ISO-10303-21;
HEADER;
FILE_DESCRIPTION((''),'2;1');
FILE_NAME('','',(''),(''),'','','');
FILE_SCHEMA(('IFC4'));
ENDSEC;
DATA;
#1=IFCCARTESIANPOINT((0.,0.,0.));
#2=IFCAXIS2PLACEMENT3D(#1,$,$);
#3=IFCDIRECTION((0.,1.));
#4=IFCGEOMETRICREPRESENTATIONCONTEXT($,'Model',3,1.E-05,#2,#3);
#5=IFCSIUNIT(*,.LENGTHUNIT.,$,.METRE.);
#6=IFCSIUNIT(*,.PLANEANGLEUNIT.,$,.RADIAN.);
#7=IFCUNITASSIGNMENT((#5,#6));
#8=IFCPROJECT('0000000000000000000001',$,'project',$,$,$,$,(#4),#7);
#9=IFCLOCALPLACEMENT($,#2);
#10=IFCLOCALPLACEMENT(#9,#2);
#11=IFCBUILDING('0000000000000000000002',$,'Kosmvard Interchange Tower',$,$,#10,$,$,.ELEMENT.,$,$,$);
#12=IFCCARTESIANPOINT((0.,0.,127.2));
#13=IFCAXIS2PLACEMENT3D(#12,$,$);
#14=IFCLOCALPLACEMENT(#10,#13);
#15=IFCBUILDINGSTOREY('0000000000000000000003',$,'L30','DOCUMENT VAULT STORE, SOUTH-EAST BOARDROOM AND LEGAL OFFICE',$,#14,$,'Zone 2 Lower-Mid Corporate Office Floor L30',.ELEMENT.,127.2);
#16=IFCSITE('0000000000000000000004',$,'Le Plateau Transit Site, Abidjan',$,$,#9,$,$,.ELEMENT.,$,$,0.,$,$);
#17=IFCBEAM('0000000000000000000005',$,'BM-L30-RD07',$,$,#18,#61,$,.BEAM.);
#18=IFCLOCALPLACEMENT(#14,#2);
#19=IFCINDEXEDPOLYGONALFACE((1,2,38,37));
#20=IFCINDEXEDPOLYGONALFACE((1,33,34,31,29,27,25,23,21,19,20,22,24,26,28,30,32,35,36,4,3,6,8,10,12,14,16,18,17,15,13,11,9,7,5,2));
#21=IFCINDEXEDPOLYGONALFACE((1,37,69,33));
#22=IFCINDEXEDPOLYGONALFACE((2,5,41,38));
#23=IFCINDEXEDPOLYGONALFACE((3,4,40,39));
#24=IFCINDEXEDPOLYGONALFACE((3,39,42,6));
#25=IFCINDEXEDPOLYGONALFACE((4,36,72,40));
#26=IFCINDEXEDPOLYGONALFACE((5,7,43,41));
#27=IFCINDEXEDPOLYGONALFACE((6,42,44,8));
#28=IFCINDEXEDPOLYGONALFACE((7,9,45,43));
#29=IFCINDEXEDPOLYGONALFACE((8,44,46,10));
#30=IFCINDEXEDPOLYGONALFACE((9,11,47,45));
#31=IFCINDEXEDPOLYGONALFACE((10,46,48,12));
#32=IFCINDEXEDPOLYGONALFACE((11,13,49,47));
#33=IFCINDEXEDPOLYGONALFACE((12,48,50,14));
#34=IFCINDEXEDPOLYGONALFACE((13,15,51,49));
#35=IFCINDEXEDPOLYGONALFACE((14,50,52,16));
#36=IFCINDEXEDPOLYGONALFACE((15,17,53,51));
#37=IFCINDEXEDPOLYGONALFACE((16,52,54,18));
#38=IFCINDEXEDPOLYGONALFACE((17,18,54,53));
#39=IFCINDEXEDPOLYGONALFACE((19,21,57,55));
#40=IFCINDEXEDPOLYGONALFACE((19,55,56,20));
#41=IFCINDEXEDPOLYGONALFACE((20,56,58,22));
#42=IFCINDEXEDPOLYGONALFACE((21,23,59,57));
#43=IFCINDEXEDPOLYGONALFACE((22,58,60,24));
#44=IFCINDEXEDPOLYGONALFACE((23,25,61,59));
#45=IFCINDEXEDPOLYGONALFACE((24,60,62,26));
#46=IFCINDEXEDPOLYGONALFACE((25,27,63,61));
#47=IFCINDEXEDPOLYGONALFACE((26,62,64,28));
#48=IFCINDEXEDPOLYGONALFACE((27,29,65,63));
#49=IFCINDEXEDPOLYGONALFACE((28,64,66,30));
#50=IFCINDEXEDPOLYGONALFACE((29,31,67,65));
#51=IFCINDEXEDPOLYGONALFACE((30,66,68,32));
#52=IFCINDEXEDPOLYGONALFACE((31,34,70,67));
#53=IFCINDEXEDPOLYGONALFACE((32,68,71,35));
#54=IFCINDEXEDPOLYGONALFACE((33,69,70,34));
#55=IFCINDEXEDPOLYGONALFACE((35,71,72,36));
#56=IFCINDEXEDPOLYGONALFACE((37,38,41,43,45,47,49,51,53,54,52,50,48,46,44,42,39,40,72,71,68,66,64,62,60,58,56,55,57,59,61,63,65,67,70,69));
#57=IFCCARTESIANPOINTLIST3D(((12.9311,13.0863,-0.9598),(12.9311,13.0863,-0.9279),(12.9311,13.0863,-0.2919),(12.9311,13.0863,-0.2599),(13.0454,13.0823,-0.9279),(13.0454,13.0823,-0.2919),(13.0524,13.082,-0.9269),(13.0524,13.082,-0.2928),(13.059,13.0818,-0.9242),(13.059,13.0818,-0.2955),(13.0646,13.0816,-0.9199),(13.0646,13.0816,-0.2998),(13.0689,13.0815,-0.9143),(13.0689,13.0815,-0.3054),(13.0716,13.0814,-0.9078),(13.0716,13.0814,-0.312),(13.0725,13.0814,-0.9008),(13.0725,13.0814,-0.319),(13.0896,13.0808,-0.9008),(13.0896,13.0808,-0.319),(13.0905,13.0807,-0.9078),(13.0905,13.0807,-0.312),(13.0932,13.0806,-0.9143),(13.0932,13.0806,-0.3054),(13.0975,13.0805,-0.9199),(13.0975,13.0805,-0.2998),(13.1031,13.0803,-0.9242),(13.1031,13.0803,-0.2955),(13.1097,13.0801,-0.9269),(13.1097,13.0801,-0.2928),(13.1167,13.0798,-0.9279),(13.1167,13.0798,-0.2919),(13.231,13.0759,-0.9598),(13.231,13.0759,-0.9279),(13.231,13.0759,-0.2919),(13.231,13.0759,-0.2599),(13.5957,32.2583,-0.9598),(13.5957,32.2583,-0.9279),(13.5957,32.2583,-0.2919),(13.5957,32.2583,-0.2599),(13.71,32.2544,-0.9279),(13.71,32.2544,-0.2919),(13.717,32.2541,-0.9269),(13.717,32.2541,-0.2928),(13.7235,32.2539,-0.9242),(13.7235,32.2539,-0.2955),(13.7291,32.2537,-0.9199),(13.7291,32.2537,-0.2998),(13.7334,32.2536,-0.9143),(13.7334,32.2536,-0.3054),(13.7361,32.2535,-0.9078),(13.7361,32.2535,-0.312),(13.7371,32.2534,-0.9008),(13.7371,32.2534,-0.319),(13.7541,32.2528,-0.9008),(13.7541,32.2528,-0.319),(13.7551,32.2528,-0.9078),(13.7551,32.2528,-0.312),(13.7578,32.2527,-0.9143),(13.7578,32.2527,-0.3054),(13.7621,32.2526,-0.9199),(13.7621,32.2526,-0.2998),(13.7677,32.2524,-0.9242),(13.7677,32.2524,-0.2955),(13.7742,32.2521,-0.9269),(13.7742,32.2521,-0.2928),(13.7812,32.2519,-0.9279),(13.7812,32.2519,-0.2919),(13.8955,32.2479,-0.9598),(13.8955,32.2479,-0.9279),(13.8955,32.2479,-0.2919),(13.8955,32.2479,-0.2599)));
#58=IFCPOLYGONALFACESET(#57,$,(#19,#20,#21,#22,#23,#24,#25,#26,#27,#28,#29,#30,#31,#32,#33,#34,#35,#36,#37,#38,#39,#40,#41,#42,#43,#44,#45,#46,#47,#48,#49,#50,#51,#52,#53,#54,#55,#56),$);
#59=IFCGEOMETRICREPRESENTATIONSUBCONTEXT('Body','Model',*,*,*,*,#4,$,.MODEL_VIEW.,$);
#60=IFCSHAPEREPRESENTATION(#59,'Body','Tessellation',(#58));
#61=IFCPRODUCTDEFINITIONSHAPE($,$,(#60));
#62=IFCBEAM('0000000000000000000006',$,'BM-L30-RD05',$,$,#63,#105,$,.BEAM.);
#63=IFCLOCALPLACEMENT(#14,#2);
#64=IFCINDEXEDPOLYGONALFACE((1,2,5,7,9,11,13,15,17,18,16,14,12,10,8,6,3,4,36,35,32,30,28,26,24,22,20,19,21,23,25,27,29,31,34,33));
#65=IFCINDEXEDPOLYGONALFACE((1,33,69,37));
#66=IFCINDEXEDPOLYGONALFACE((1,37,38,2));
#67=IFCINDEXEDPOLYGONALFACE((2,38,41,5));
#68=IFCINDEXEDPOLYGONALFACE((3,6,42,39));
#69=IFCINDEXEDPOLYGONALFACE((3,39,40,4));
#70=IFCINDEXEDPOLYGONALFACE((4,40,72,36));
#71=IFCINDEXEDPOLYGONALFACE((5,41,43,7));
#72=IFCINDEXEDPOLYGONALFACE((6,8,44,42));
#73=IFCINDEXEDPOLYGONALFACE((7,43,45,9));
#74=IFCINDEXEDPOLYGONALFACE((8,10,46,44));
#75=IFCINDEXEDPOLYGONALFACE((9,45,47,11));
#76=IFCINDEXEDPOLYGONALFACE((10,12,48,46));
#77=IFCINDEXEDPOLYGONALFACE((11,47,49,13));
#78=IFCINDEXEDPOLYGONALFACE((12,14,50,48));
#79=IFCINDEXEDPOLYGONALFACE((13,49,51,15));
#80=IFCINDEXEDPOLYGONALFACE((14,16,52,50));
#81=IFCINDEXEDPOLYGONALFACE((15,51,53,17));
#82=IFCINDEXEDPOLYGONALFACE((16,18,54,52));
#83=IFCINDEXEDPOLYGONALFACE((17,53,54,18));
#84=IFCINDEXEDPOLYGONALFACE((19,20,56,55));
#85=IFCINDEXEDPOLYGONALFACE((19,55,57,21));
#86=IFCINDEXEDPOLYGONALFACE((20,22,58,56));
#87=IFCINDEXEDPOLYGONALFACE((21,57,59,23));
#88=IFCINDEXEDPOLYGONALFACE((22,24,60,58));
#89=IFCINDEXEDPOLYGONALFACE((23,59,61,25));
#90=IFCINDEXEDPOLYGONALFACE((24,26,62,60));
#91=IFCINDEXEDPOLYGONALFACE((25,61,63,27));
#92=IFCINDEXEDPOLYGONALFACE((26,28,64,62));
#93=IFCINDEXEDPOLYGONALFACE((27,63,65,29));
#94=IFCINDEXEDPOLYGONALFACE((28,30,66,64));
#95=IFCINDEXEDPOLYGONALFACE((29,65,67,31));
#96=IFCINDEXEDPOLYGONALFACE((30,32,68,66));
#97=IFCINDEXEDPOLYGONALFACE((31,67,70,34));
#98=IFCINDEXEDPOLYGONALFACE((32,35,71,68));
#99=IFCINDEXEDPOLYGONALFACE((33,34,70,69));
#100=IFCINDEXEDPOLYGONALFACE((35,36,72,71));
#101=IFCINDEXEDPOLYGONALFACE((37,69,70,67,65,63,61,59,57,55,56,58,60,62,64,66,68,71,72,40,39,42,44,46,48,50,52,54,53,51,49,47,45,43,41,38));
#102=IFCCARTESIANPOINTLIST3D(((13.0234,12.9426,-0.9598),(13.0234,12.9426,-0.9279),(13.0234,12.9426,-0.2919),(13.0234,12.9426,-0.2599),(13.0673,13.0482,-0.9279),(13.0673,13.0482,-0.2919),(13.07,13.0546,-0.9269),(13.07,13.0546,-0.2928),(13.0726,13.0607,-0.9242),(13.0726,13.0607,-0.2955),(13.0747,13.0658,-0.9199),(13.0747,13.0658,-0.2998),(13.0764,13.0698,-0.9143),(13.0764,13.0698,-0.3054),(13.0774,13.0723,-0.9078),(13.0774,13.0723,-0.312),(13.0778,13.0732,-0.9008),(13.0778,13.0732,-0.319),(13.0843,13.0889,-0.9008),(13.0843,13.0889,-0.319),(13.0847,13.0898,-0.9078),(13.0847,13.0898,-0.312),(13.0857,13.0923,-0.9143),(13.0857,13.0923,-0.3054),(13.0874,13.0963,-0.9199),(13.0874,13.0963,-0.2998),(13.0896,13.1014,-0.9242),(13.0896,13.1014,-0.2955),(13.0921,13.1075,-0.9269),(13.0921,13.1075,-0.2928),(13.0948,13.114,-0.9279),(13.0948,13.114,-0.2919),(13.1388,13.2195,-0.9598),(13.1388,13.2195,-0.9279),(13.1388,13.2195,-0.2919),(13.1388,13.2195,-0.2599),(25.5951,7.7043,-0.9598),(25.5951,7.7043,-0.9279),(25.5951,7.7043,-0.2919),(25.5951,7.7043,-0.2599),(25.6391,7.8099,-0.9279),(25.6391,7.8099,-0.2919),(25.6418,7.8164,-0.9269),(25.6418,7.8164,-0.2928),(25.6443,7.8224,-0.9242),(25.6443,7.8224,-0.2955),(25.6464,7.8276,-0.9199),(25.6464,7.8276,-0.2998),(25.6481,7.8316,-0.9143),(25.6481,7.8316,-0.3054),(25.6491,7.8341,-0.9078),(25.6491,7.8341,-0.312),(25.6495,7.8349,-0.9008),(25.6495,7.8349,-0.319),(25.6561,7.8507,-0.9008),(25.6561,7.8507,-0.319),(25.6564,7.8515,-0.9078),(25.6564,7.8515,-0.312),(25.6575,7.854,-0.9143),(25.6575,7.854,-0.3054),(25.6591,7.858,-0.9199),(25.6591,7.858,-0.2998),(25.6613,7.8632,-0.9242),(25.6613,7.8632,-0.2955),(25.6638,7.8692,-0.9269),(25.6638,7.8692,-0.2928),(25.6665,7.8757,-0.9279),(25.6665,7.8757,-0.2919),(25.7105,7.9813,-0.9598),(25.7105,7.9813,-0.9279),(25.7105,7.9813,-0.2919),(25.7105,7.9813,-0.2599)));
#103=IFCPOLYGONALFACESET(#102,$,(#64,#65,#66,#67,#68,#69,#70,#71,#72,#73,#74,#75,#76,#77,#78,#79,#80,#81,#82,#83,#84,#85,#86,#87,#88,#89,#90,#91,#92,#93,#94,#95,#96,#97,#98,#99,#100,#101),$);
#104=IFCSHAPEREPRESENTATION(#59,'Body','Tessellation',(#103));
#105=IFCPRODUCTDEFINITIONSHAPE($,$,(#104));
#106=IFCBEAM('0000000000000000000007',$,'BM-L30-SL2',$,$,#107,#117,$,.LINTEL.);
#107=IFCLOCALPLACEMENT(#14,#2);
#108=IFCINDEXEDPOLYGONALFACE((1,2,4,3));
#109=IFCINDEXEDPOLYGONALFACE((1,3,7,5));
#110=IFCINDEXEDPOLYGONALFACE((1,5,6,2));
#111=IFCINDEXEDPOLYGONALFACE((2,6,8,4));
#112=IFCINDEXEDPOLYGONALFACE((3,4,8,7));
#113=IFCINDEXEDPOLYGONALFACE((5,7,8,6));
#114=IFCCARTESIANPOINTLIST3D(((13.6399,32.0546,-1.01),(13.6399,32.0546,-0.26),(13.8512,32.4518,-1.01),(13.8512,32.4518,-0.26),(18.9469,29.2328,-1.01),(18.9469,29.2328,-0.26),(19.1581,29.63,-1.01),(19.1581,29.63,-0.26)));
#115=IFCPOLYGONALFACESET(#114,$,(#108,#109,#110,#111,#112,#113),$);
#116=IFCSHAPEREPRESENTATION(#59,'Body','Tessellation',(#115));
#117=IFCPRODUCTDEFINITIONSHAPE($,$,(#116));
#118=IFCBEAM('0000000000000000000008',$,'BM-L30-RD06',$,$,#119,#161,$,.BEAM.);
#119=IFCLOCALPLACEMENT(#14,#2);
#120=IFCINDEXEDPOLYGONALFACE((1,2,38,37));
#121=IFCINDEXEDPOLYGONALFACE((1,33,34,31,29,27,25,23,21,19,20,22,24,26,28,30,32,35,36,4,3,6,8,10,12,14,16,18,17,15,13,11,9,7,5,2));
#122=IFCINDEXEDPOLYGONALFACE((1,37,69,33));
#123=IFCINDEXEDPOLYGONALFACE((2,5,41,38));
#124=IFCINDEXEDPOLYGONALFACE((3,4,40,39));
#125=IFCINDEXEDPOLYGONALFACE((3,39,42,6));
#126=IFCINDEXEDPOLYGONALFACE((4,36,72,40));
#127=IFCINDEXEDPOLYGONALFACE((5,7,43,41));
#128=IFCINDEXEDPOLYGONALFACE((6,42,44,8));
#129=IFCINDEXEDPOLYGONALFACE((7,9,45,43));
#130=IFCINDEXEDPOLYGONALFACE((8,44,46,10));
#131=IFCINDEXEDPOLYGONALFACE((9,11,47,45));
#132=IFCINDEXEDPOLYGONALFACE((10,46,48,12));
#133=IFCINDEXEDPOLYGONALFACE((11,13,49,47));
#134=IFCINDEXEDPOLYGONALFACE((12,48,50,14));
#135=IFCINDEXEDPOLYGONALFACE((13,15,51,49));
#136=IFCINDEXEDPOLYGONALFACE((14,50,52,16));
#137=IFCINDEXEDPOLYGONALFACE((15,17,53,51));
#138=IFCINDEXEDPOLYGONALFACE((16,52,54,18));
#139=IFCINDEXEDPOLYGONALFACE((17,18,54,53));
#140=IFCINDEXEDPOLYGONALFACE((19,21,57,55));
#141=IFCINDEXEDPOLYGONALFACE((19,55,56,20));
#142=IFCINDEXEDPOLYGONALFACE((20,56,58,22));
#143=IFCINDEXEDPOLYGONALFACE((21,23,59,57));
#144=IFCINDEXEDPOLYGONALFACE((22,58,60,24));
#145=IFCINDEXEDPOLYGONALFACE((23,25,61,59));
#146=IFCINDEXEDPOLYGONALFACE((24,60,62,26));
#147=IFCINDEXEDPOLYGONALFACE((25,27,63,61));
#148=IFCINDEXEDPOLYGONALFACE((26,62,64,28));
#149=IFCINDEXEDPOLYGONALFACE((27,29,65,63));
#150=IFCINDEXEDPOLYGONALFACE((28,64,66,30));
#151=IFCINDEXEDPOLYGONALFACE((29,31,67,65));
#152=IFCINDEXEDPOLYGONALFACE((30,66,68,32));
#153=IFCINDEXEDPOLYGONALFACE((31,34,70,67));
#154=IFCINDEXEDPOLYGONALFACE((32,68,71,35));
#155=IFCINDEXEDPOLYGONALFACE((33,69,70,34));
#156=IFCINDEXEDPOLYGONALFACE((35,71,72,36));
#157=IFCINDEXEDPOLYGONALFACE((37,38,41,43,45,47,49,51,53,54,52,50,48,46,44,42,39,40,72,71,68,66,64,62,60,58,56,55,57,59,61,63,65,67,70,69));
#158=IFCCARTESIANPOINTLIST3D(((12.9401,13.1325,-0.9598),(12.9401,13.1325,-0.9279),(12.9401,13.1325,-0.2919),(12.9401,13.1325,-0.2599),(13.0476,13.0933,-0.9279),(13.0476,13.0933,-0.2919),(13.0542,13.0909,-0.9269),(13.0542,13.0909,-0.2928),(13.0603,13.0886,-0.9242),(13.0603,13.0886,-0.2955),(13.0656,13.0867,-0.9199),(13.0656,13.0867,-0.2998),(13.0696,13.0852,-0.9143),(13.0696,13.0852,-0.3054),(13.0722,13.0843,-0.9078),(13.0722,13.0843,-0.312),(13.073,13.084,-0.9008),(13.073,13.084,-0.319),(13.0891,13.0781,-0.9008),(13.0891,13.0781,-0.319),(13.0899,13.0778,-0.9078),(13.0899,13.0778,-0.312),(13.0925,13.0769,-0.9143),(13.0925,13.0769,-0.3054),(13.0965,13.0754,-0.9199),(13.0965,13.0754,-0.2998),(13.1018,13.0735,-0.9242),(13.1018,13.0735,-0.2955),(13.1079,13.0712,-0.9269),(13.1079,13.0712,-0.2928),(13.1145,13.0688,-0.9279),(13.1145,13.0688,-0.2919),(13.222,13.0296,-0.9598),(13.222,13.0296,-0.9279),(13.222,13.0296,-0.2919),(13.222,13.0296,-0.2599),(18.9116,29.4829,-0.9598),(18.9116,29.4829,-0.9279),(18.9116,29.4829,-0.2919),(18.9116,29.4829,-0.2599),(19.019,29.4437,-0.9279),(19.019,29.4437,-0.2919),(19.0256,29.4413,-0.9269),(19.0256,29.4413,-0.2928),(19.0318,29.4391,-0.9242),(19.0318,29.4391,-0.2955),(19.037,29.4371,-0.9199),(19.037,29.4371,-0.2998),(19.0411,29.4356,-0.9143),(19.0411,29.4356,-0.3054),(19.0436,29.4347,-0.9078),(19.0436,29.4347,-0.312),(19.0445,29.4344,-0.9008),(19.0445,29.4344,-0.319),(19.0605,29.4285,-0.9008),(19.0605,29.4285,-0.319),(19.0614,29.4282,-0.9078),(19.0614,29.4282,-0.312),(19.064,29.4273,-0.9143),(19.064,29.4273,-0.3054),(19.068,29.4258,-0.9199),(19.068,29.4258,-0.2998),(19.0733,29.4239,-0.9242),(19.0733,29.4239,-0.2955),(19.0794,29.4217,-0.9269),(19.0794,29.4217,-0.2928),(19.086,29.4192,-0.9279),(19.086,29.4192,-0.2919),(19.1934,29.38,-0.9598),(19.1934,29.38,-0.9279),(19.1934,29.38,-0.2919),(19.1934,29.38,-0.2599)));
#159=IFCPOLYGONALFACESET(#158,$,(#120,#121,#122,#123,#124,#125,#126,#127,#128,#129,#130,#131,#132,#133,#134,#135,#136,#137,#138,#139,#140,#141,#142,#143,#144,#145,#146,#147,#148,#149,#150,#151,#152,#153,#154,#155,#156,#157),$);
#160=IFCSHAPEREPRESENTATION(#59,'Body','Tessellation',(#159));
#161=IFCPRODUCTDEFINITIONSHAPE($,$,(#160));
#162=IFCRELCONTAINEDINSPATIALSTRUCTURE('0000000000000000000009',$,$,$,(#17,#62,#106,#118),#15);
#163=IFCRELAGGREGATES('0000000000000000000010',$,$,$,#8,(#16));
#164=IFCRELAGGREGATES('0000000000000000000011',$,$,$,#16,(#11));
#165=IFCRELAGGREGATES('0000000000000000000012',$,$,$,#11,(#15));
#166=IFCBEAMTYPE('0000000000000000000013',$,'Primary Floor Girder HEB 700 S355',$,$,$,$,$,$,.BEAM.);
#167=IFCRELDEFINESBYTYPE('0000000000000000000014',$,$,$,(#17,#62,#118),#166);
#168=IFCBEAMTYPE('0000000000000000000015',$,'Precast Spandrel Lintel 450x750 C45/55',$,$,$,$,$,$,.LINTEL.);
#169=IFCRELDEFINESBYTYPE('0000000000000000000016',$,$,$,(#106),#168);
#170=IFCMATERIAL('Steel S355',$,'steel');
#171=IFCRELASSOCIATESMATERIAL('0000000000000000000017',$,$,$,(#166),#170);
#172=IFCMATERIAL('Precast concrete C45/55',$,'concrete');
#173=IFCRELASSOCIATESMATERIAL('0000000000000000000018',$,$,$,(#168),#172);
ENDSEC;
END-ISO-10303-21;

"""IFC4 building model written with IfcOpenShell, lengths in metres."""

from ifc_helpers import new_model, si_unit, direction, frame, origin, origin_2d, place, context, subcontext, project, spatial, rectangle, i_section, extrude, source, transform, mapped, material, material_profile, profile_set, type_object, element, save


model = new_model("IFC4")

# Units and contexts
model_context = context("Model", 3, precision=1e-05, world=origin(), true_north=direction((0.0, 1.0)))
body_context = subcontext(model_context, "Body", "Model", "MODEL_VIEW")
ifc_project = project(units=[si_unit("LENGTHUNIT", "METRE"), si_unit("PLANEANGLEUNIT", "RADIAN")], contexts=[model_context])

# Site, building, storey
site_placement = place(None, origin())
site = spatial("IfcSite", under=ifc_project, at=site_placement, Name="Le Plateau Transit Site, Abidjan", CompositionType="ELEMENT", RefElevation=0.0)
building_placement = place(site_placement, origin())
building = spatial("IfcBuilding", under=site, at=building_placement, Name="Kosmvard Interchange Tower", CompositionType="ELEMENT")
storey_placement = place(building_placement, frame((0.0, 0.0, 127.2)))
storey = spatial("IfcBuildingStorey", under=building, at=storey_placement, Name="L30", Description="DOCUMENT VAULT STORE, SOUTH-EAST BOARDROOM AND LEGAL OFFICE", LongName="Zone 2 Lower-Mid Corporate Office Floor L30", CompositionType="ELEMENT", Elevation=127.2)

# Beams
ifc_material_1 = material(Name="Steel S355", Category="steel")
ifc_material_profile_1 = material_profile(ifc_material_1, i_section(OverallWidth=0.3, OverallDepth=0.7, WebThickness=0.0171, FlangeThickness=0.032, FilletRadius=0.0271, at=origin_2d()), Name="HEB 700")
ifc_profile_set_1 = profile_set([ifc_material_profile_1], Name="Steel S355")
beam_type_1 = type_object("IfcBeamType", Name="Primary Floor Girder HEB 700 S355", PredefinedType="BEAM", material=ifc_profile_set_1)
shared_shape_1 = source(origin(), body_context, "Body", "SweptSolid", [
    extrude(i_section(OverallWidth=0.3, OverallDepth=0.7, WebThickness=0.0171, FlangeThickness=0.032, FilletRadius=0.0271, at=origin_2d()), origin(), (0.0, 0.0, 1.0), 19.1836),
])
beam_1_placement = place(storey_placement, frame((13.0811, 13.0811, -0.6099), z_axis=(0.034642, 0.9994, 0.0), x_axis=(-0.9994, 0.034642, 0.0)))
element("IfcBeam", 1, at=beam_1_placement, inside=storey, type_object=beam_type_1, Name="BM-L30-RD07", PredefinedType="BEAM", context=body_context, shape_type="MappedRepresentation", body=[
    mapped(shared_shape_1, transform((0.0, 0.0, 0.0), scale=1.0)),
])
shared_shape_2 = source(origin(), body_context, "Body", "SweptSolid", [
    extrude(i_section(OverallWidth=0.3, OverallDepth=0.7, WebThickness=0.0171, FlangeThickness=0.032, FilletRadius=0.0271, at=origin_2d()), origin(), (0.0, 0.0, 1.0), 13.6194),
])
beam_2_placement = place(storey_placement, frame((13.0811, 13.0811, -0.6099), z_axis=(0.923076, -0.384618, 0.0), x_axis=(0.384618, 0.923076, 0.0)))
element("IfcBeam", 2, at=beam_2_placement, inside=storey, type_object=beam_type_1, Name="BM-L30-RD05", PredefinedType="BEAM", context=body_context, shape_type="MappedRepresentation", body=[
    mapped(shared_shape_2, transform((0.0, 0.0, 0.0), scale=1.0)),
])
ifc_material_2 = material(Name="Precast concrete C45/55", Category="concrete")
ifc_material_profile_2 = material_profile(ifc_material_2, rectangle(XDim=0.45, YDim=0.75, at=origin_2d()), Name="SL 450x750")
ifc_profile_set_2 = profile_set([ifc_material_profile_2], Name="Precast concrete C45/55")
beam_type_2 = type_object("IfcBeamType", Name="Precast Spandrel Lintel 450x750 C45/55", PredefinedType="LINTEL", material=ifc_profile_set_2)
shared_shape_3 = source(origin(), body_context, "Body", "SweptSolid", [
    extrude(rectangle(XDim=0.45, YDim=0.75, at=origin_2d()), origin(), (0.0, 0.0, 1.0), 6.0105),
])
beam_3_placement = place(storey_placement, frame((19.0525, 29.4314, -0.635), z_axis=(-0.882944, 0.469479, 0.0), x_axis=(-0.469479, -0.882944, 0.0)))
element("IfcBeam", 3, at=beam_3_placement, inside=storey, type_object=beam_type_2, Name="BM-L30-SL2", PredefinedType="LINTEL", context=body_context, shape_type="MappedRepresentation", body=[
    mapped(shared_shape_3, transform((0.0, 0.0, 0.0), scale=1.0)),
])
shared_shape_4 = source(origin(), body_context, "Body", "SweptSolid", [
    extrude(i_section(OverallWidth=0.3, OverallDepth=0.7, WebThickness=0.0171, FlangeThickness=0.032, FilletRadius=0.0271, at=origin_2d()), origin(), (0.0, 0.0, 1.0), 17.4067),
])
beam_4_placement = place(storey_placement, frame((13.0811, 13.0811, -0.6099), z_axis=(0.343055, 0.939315, 0.0), x_axis=(-0.939315, 0.343055, 0.0)))
element("IfcBeam", 4, at=beam_4_placement, inside=storey, type_object=beam_type_1, Name="BM-L30-RD06", PredefinedType="BEAM", context=body_context, shape_type="MappedRepresentation", body=[
    mapped(shared_shape_4, transform((0.0, 0.0, 0.0), scale=1.0)),
])

save(model, "model.ifc")
